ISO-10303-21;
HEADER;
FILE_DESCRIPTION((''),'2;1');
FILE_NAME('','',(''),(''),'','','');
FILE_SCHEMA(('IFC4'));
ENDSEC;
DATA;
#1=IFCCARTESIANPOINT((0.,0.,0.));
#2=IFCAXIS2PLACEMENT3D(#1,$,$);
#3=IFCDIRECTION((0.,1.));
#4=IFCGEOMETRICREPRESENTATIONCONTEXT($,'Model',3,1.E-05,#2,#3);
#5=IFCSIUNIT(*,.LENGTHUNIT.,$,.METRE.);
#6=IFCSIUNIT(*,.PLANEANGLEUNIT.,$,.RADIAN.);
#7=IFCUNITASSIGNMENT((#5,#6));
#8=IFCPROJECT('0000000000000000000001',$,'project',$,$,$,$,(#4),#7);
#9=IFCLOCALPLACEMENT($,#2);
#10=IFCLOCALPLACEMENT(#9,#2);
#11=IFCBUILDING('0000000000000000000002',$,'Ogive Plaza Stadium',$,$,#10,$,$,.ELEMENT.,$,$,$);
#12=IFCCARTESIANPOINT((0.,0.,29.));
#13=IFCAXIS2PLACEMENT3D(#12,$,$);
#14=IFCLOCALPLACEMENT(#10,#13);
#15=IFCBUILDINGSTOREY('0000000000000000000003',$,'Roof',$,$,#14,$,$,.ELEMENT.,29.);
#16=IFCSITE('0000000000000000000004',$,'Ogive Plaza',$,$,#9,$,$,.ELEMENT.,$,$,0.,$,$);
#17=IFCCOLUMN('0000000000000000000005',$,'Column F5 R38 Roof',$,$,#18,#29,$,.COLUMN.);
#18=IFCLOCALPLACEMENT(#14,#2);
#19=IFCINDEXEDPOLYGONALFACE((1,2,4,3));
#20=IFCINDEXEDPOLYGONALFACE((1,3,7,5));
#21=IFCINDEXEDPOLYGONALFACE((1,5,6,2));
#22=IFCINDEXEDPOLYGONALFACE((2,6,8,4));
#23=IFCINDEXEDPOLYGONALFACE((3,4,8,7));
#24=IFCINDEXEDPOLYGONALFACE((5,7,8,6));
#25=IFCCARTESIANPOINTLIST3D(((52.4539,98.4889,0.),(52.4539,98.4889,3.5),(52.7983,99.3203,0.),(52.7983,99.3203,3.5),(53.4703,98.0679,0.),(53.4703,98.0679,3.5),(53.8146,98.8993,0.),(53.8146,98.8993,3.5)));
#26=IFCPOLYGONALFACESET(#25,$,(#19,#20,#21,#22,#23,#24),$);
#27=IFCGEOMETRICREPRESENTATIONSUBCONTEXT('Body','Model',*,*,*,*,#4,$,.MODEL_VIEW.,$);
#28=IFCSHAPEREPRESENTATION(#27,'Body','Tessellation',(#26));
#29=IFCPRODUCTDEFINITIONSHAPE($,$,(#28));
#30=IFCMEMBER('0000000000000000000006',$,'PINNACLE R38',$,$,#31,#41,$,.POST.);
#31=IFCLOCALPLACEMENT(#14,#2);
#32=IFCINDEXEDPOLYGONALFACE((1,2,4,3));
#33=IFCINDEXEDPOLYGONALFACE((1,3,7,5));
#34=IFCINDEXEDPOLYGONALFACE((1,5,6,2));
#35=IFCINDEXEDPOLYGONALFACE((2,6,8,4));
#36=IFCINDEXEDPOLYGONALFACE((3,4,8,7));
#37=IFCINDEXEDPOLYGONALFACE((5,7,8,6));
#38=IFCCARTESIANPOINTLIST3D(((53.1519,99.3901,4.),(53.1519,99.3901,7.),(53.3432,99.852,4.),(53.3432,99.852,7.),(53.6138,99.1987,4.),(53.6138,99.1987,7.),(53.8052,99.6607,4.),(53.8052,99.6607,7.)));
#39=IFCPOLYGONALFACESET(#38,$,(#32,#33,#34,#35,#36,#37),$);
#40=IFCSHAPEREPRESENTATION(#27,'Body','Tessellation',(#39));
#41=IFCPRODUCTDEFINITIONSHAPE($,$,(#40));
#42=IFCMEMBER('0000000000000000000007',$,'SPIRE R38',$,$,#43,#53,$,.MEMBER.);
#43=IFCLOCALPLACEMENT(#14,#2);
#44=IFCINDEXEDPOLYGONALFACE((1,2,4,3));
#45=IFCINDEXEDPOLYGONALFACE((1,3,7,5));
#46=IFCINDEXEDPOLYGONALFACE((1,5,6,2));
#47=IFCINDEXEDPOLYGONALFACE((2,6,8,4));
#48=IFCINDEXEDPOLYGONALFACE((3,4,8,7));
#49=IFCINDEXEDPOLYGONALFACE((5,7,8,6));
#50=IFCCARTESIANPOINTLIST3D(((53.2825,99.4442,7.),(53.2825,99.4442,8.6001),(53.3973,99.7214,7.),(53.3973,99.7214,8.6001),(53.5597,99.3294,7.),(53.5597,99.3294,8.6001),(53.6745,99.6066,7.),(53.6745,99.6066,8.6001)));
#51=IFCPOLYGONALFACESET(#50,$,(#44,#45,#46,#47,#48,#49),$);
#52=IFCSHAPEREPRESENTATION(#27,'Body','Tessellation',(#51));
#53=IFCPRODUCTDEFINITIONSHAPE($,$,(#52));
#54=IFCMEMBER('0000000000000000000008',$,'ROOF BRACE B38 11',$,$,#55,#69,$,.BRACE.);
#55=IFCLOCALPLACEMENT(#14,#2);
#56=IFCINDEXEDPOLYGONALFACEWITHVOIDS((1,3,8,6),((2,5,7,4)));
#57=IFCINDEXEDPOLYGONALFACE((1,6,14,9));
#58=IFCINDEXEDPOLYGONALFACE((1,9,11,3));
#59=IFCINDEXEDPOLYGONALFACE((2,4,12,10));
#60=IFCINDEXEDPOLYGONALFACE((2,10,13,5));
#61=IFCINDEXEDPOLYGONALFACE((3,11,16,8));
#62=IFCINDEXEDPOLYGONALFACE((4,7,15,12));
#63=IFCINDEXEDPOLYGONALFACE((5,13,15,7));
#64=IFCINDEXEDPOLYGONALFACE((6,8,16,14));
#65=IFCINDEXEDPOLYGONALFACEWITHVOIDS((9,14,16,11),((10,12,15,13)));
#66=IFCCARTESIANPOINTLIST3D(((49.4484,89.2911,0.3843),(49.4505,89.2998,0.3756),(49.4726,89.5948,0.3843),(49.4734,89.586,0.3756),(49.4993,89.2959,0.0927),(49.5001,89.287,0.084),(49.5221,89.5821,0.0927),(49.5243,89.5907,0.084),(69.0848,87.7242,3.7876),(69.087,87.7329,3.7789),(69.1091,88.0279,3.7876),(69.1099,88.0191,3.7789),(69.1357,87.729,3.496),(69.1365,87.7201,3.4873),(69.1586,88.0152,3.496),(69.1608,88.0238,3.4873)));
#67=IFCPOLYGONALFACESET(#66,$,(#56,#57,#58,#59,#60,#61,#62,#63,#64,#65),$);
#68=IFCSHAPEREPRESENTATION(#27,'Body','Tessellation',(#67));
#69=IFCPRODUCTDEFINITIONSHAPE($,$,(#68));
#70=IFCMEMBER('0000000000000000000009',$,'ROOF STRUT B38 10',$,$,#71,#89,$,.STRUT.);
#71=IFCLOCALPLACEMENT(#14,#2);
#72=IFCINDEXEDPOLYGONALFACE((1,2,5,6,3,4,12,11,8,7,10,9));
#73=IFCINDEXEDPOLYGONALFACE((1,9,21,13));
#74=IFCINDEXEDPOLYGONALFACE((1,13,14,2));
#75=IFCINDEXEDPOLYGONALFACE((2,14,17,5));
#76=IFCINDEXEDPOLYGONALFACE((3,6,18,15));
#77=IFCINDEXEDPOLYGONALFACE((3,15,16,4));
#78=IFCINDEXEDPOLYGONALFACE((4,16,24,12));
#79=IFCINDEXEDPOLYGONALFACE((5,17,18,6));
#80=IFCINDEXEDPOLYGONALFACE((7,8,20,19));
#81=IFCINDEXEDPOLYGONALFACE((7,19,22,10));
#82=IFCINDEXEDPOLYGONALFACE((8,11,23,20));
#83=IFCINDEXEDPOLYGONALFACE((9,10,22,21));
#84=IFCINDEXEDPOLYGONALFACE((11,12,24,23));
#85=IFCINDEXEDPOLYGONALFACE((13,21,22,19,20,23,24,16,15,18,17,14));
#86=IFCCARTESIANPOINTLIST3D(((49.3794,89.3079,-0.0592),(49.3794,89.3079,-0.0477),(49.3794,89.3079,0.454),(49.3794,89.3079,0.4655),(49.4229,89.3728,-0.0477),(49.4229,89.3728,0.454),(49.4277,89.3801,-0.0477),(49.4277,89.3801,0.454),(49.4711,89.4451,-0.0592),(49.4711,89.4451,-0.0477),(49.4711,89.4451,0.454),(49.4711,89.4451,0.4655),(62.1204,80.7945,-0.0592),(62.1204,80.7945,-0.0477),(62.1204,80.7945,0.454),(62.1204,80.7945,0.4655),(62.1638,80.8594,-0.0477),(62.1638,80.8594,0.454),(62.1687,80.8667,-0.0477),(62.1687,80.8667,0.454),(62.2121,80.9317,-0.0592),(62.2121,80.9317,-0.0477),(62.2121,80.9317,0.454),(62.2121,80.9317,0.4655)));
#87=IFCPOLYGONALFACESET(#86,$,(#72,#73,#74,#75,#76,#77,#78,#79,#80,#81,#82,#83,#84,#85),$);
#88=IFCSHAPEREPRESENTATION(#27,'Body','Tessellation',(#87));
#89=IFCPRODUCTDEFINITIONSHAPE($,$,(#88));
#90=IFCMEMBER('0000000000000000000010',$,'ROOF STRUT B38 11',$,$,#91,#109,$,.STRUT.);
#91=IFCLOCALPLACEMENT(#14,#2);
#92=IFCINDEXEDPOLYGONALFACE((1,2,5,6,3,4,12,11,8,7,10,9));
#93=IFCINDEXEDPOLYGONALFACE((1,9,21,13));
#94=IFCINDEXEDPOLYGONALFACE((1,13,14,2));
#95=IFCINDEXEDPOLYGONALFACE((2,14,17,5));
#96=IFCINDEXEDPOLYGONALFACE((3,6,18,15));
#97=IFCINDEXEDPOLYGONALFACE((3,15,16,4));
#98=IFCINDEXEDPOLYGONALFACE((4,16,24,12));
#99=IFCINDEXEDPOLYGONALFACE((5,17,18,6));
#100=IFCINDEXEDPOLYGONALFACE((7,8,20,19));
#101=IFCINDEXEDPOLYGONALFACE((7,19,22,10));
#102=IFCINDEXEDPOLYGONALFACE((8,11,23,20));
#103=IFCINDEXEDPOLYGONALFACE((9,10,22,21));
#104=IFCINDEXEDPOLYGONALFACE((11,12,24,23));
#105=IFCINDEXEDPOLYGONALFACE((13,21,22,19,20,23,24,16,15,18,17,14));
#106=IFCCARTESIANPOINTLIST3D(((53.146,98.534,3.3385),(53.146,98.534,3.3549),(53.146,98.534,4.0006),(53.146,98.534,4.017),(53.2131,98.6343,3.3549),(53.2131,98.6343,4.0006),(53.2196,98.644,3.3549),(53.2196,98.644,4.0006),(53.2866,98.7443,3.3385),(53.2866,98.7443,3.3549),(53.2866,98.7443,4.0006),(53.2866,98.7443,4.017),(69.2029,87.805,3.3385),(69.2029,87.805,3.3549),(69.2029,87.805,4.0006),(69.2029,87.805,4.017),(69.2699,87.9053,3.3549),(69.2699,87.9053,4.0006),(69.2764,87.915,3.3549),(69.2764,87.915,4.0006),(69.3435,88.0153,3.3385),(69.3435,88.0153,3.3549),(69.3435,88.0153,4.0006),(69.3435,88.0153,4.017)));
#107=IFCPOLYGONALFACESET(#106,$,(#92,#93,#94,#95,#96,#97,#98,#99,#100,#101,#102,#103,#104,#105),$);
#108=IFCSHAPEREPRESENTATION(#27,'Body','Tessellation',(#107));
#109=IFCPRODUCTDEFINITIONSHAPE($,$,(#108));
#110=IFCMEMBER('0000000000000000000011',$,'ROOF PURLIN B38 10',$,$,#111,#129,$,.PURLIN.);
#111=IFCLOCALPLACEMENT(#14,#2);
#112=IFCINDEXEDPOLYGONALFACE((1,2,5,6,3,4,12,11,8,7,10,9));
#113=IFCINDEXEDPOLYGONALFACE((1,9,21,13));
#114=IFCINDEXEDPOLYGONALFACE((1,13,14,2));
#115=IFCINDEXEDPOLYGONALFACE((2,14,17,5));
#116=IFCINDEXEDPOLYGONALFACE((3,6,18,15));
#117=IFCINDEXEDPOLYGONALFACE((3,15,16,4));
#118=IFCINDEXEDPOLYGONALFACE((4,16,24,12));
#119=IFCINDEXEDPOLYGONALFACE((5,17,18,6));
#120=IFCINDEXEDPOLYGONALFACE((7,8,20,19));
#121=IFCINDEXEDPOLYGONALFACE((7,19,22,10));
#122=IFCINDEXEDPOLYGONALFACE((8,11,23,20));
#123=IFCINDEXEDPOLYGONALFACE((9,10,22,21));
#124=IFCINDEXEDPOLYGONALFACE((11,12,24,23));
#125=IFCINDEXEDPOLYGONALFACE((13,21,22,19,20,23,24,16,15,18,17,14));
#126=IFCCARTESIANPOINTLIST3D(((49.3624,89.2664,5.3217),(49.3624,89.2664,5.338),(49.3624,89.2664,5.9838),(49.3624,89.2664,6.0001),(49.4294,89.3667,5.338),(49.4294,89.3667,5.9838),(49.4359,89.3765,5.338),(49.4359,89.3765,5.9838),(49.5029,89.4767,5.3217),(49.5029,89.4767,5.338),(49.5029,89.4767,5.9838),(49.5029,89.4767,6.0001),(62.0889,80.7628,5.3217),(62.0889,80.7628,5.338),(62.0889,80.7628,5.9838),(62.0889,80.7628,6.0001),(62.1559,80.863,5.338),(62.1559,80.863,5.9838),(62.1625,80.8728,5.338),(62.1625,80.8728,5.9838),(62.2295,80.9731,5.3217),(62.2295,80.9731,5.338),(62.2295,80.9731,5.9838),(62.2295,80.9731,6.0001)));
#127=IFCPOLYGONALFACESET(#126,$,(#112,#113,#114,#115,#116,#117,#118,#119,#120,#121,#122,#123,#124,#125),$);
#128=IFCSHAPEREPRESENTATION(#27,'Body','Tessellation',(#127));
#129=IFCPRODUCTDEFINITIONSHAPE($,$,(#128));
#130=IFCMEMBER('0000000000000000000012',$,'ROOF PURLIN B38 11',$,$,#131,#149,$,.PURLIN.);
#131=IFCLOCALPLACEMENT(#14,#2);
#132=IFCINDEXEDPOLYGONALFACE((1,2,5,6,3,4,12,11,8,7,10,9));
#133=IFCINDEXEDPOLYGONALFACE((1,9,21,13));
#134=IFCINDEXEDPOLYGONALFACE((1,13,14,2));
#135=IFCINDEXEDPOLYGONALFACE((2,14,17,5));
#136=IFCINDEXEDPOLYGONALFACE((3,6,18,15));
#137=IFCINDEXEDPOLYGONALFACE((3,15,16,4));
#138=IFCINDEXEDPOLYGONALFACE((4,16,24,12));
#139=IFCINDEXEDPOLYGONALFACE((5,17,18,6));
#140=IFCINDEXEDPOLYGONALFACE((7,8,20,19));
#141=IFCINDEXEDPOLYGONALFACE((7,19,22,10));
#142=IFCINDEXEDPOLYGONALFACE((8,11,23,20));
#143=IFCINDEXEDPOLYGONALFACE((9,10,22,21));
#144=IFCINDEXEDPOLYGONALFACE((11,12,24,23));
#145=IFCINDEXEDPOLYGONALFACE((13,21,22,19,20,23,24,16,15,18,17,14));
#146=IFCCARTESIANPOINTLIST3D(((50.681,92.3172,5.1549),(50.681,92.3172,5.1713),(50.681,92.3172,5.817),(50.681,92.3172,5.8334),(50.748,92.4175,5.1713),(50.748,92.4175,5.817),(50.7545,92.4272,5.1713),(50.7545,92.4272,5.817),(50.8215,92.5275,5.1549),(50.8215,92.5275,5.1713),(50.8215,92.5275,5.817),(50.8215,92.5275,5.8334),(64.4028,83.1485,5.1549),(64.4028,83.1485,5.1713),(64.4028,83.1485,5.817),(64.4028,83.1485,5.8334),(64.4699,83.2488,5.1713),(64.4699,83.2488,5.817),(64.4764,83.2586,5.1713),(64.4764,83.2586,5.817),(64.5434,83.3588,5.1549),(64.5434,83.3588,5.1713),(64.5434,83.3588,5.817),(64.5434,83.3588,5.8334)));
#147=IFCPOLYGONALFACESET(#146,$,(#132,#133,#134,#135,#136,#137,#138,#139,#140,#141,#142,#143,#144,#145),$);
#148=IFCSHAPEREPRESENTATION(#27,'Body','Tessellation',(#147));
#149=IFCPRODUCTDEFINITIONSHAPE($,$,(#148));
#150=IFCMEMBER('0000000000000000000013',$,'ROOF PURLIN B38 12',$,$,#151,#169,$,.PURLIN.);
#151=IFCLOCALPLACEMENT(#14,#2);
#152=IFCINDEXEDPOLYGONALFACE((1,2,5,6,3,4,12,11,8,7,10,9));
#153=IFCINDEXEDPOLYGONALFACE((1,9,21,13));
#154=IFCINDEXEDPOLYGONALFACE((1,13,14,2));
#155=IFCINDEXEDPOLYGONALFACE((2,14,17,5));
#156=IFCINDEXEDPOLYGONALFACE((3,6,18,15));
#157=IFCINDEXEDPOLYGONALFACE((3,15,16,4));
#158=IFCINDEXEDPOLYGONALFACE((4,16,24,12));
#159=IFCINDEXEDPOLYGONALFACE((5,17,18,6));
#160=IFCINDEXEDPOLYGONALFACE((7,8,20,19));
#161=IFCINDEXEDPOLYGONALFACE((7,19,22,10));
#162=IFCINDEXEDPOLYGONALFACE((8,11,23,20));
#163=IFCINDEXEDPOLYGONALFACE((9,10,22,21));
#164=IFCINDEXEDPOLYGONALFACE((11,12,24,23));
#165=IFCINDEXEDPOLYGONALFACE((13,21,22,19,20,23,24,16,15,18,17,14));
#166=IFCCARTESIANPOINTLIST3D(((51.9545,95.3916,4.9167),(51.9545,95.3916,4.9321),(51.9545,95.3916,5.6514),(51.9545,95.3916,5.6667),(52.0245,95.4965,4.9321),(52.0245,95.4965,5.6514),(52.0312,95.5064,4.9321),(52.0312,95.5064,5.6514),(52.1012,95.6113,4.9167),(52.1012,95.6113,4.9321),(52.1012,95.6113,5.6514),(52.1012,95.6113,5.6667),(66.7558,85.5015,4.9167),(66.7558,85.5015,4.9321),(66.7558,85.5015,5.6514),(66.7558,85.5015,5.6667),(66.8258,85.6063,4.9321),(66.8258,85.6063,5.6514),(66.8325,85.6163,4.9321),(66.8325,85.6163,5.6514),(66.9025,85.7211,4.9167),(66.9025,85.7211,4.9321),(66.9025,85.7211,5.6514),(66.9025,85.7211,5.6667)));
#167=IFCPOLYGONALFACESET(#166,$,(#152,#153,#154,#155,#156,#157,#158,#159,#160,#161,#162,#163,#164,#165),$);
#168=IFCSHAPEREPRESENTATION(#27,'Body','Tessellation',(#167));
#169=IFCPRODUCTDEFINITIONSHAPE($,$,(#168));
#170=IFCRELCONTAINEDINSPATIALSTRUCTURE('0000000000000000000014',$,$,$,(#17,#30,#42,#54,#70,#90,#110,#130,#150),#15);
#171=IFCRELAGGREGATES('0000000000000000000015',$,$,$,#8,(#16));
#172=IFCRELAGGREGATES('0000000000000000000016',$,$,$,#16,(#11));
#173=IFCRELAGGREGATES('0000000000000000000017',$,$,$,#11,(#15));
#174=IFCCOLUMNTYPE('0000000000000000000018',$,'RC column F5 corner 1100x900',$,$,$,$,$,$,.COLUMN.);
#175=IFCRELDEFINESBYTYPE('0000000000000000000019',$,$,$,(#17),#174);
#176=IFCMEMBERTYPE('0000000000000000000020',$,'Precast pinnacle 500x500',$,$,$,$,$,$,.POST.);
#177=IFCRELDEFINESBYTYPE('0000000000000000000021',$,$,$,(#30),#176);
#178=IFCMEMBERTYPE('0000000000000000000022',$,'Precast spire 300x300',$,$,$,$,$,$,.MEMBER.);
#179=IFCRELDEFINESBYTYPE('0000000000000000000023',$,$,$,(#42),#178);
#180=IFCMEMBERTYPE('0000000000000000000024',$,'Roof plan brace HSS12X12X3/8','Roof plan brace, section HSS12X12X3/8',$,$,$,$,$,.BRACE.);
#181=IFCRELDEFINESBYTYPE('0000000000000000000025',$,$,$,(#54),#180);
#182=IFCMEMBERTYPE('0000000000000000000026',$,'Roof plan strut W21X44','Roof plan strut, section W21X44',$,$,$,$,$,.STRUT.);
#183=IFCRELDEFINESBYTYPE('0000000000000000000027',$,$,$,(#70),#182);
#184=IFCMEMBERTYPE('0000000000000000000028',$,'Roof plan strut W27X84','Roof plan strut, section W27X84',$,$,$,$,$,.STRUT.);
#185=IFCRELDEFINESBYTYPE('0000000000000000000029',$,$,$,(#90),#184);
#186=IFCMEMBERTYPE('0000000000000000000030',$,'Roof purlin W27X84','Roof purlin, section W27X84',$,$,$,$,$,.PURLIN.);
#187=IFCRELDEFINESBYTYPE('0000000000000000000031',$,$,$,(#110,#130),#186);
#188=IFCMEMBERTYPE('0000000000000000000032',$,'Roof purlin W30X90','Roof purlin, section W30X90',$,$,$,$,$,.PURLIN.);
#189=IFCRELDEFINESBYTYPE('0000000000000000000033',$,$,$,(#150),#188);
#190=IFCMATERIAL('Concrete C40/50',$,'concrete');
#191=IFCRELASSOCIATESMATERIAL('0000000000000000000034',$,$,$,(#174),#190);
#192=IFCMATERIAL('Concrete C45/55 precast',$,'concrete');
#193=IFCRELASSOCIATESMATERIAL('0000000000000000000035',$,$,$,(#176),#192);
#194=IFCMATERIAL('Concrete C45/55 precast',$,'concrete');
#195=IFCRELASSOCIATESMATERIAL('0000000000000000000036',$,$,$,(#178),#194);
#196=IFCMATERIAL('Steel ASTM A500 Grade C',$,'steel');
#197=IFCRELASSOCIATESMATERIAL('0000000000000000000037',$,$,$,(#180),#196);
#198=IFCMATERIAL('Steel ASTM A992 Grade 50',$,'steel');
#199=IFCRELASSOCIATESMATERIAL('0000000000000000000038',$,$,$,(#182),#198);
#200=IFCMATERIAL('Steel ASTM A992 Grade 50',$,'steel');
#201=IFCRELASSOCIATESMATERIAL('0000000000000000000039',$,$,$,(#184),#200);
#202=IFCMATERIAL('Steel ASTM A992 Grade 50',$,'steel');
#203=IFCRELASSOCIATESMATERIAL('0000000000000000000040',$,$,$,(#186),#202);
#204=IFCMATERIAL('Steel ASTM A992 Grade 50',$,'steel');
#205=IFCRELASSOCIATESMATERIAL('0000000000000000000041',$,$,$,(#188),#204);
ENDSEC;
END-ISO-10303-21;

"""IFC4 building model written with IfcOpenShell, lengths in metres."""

from ifc_helpers import new_model, si_unit, direction, frame, origin, origin_2d, place, context, subcontext, project, spatial, rectangle, hollow_rectangle, i_section, extrude, material, material_profile, profile_set, type_object, element, save


model = new_model("IFC4")

# Units and contexts
model_context = context("Model", 3, precision=1e-05, world=origin(), true_north=direction((0.0, 1.0)))
body_context = subcontext(model_context, "Body", "Model", "MODEL_VIEW")
ifc_project = project(units=[si_unit("LENGTHUNIT", "METRE"), si_unit("PLANEANGLEUNIT", "RADIAN")], contexts=[model_context])

# Site, building, storey
site_placement = place(None, origin())
site = spatial("IfcSite", under=ifc_project, at=site_placement, Name="Ogive Plaza", CompositionType="ELEMENT", RefElevation=0.0)
building_placement = place(site_placement, origin())
building = spatial("IfcBuilding", under=site, at=building_placement, Name="Ogive Plaza Stadium", CompositionType="ELEMENT")
storey_placement = place(building_placement, frame((0.0, 0.0, 29.0)))
storey = spatial("IfcBuildingStorey", under=building, at=storey_placement, Name="Roof", CompositionType="ELEMENT", Elevation=29.0)

# Column
ifc_material_1 = material(Name="Concrete C40/50", Category="concrete")
ifc_material_profile_1 = material_profile(ifc_material_1, rectangle(XDim=1.1001, YDim=0.8999, at=origin_2d()), Name="RC 1100x900")
ifc_profile_set_1 = profile_set([ifc_material_profile_1], Name="Concrete C40/50")
column_type = type_object("IfcColumnType", Name="RC column F5 corner 1100x900", PredefinedType="COLUMN", material=ifc_profile_set_1)
column_placement = place(storey_placement, frame((53.1343, 98.6941, 0.0), z_axis=(0.0, 0.0, 1.0), x_axis=(-0.92388, 0.382683, 0.0)))
element("IfcColumn", 1, at=column_placement, inside=storey, type_object=column_type, Name="Column F5 R38 Roof", PredefinedType="COLUMN", context=body_context, shape_type="SweptSolid", body=[
    extrude(rectangle(XDim=1.1001, YDim=0.8999, at=origin_2d()), origin(), (0.0, 0.0, 1.0), 3.5),
])

# Members
ifc_material_2 = material(Name="Concrete C45/55 precast", Category="concrete")
ifc_material_profile_2 = material_profile(ifc_material_2, rectangle(XDim=0.5, YDim=0.5, at=origin_2d()), Name="RC 500x500")
ifc_profile_set_2 = profile_set([ifc_material_profile_2], Name="Concrete C45/55 precast")
member_type_1 = type_object("IfcMemberType", Name="Precast pinnacle 500x500", PredefinedType="POST", material=ifc_profile_set_2)
member_1_placement = place(storey_placement, frame((53.4785, 99.5254, 4.0), z_axis=(0.0, 0.0, 1.0), x_axis=(-0.92388, 0.382683, 0.0)))
element("IfcMember", 2, at=member_1_placement, inside=storey, type_object=member_type_1, Name="PINNACLE R38", PredefinedType="POST", context=body_context, shape_type="SweptSolid", body=[
    extrude(rectangle(XDim=0.5, YDim=0.5, at=origin_2d()), origin(), (0.0, 0.0, 1.0), 3.0),
])
ifc_material_3 = material(Name="Concrete C45/55 precast", Category="concrete")
ifc_material_profile_3 = material_profile(ifc_material_3, rectangle(XDim=0.3, YDim=0.3, at=origin_2d()), Name="RC 300x300")
ifc_profile_set_3 = profile_set([ifc_material_profile_3], Name="Concrete C45/55 precast")
member_type_2 = type_object("IfcMemberType", Name="Precast spire 300x300", PredefinedType="MEMBER", material=ifc_profile_set_3)
member_2_placement = place(storey_placement, frame((53.4785, 99.5254, 7.0), z_axis=(0.0, 0.0, 1.0), x_axis=(-0.92388, 0.382683, 0.0)))
element("IfcMember", 3, at=member_2_placement, inside=storey, type_object=member_type_2, Name="SPIRE R38", PredefinedType="MEMBER", context=body_context, shape_type="SweptSolid", body=[
    extrude(rectangle(XDim=0.3, YDim=0.3, at=origin_2d()), origin(), (0.0, 0.0, 1.0), 1.6001),
])
ifc_material_4 = material(Name="Steel ASTM A500 Grade C", Category="steel")
ifc_material_profile_4 = material_profile(ifc_material_4, hollow_rectangle(XDim=0.3047, YDim=0.3047, WallThickness=0.0088, at=origin_2d()), Name="HSS12X12X3/8")
ifc_profile_set_4 = profile_set([ifc_material_profile_4], Name="Steel ASTM A500 Grade C")
member_type_3 = type_object("IfcMemberType", Name="Roof plan brace HSS12X12X3/8", Description="Roof plan brace, section HSS12X12X3/8", PredefinedType="BRACE", material=ifc_profile_set_4)
member_3_placement = place(storey_placement, frame((49.4863, 89.4409, 0.2341), z_axis=(0.98228, -0.078381, 0.170245), x_axis=(0.079542, 0.996831, 0.0)))
element("IfcMember", 4, at=member_3_placement, inside=storey, type_object=member_type_3, Name="ROOF BRACE B38 11", PredefinedType="BRACE", context=body_context, shape_type="SweptSolid", body=[
    extrude(hollow_rectangle(XDim=0.3047, YDim=0.3047, WallThickness=0.0088, at=origin_2d()), origin(), (0.0, 0.0, 1.0), 19.9907),
])
ifc_material_5 = material(Name="Steel ASTM A992 Grade 50", Category="steel")
ifc_material_profile_5 = material_profile(ifc_material_5, i_section(OverallWidth=0.165, OverallDepth=0.5247, WebThickness=0.0088, FlangeThickness=0.0115, at=origin_2d()), Name="W21X44")
ifc_profile_set_5 = profile_set([ifc_material_profile_5], Name="Steel ASTM A992 Grade 50")
member_type_4 = type_object("IfcMemberType", Name="Roof plan strut W21X44", Description="Roof plan strut, section W21X44", PredefinedType="STRUT", material=ifc_profile_set_5)
member_4_placement = place(storey_placement, frame((49.4253, 89.3765, 0.2031), z_axis=(0.831464, -0.555579, 0.0), x_axis=(0.555579, 0.831464, 0.0)))
element("IfcMember", 5, at=member_4_placement, inside=storey, type_object=member_type_4, Name="ROOF STRUT B38 10", PredefinedType="STRUT", context=body_context, shape_type="SweptSolid", body=[
    extrude(i_section(OverallWidth=0.165, OverallDepth=0.5247, WebThickness=0.0088, FlangeThickness=0.0115, at=origin_2d()), origin(), (0.0, 0.0, 1.0), 15.3235),
])
ifc_material_6 = material(Name="Steel ASTM A992 Grade 50", Category="steel")
ifc_material_profile_6 = material_profile(ifc_material_6, i_section(OverallWidth=0.2529, OverallDepth=0.6785, WebThickness=0.0117, FlangeThickness=0.0164, at=origin_2d()), Name="W27X84")
ifc_profile_set_6 = profile_set([ifc_material_profile_6], Name="Steel ASTM A992 Grade 50")
member_type_5 = type_object("IfcMemberType", Name="Roof plan strut W27X84", Description="Roof plan strut, section W27X84", PredefinedType="STRUT", material=ifc_profile_set_6)
member_5_placement = place(storey_placement, frame((53.2163, 98.6392, 3.6777), z_axis=(0.831466, -0.555575, 0.0), x_axis=(0.555575, 0.831466, 0.0)))
element("IfcMember", 6, at=member_5_placement, inside=storey, type_object=member_type_5, Name="ROOF STRUT B38 11", PredefinedType="STRUT", context=body_context, shape_type="SweptSolid", body=[
    extrude(i_section(OverallWidth=0.2529, OverallDepth=0.6785, WebThickness=0.0117, FlangeThickness=0.0164, at=origin_2d()), origin(), (0.0, 0.0, 1.0), 19.3115),
])
ifc_material_7 = material(Name="Steel ASTM A992 Grade 50", Category="steel")
ifc_material_profile_7 = material_profile(ifc_material_7, i_section(OverallWidth=0.2529, OverallDepth=0.6785, WebThickness=0.0117, FlangeThickness=0.0164, at=origin_2d()), Name="W27X84")
ifc_profile_set_7 = profile_set([ifc_material_profile_7], Name="Steel ASTM A992 Grade 50")
member_type_6 = type_object("IfcMemberType", Name="Roof purlin W27X84", Description="Roof purlin, section W27X84", PredefinedType="PURLIN", material=ifc_profile_set_7)
member_6_placement = place(storey_placement, frame((49.4326, 89.3716, 5.6609), z_axis=(0.831468, -0.555572, 0.0), x_axis=(0.555572, 0.831468, 0.0)))
element("IfcMember", 7, at=member_6_placement, inside=storey, type_object=member_type_6, Name="ROOF PURLIN B38 10", PredefinedType="PURLIN", context=body_context, shape_type="SweptSolid", body=[
    extrude(i_section(OverallWidth=0.2529, OverallDepth=0.6785, WebThickness=0.0117, FlangeThickness=0.0164, at=origin_2d()), origin(), (0.0, 0.0, 1.0), 15.3062),
])
member_7_placement = place(storey_placement, frame((50.7512, 92.4224, 5.4941), z_axis=(0.831469, -0.55557, 0.0), x_axis=(0.55557, 0.831469, 0.0)))
element("IfcMember", 8, at=member_7_placement, inside=storey, type_object=member_type_6, Name="ROOF PURLIN B38 11", PredefinedType="PURLIN", context=body_context, shape_type="SweptSolid", body=[
    extrude(i_section(OverallWidth=0.2529, OverallDepth=0.6785, WebThickness=0.0117, FlangeThickness=0.0164, at=origin_2d()), origin(), (0.0, 0.0, 1.0), 16.5032),
])
ifc_material_8 = material(Name="Steel ASTM A992 Grade 50", Category="steel")
ifc_material_profile_8 = material_profile(ifc_material_8, i_section(OverallWidth=0.2642, OverallDepth=0.75, WebThickness=0.012, FlangeThickness=0.0154, at=origin_2d()), Name="W30X90")
ifc_profile_set_8 = profile_set([ifc_material_profile_8], Name="Steel ASTM A992 Grade 50")
member_type_7 = type_object("IfcMemberType", Name="Roof purlin W30X90", Description="Roof purlin, section W30X90", PredefinedType="PURLIN", material=ifc_profile_set_8)
member_8_placement = place(storey_placement, frame((52.0278, 95.5015, 5.2917), z_axis=(0.831463, -0.55558, 0.0), x_axis=(0.55558, 0.831463, 0.0)))
element("IfcMember", 9, at=member_8_placement, inside=storey, type_object=member_type_7, Name="ROOF PURLIN B38 12", PredefinedType="PURLIN", context=body_context, shape_type="SweptSolid", body=[
    extrude(i_section(OverallWidth=0.2642, OverallDepth=0.75, WebThickness=0.012, FlangeThickness=0.0154, at=origin_2d()), origin(), (0.0, 0.0, 1.0), 17.8015),
])

save(model, "model.ifc")
